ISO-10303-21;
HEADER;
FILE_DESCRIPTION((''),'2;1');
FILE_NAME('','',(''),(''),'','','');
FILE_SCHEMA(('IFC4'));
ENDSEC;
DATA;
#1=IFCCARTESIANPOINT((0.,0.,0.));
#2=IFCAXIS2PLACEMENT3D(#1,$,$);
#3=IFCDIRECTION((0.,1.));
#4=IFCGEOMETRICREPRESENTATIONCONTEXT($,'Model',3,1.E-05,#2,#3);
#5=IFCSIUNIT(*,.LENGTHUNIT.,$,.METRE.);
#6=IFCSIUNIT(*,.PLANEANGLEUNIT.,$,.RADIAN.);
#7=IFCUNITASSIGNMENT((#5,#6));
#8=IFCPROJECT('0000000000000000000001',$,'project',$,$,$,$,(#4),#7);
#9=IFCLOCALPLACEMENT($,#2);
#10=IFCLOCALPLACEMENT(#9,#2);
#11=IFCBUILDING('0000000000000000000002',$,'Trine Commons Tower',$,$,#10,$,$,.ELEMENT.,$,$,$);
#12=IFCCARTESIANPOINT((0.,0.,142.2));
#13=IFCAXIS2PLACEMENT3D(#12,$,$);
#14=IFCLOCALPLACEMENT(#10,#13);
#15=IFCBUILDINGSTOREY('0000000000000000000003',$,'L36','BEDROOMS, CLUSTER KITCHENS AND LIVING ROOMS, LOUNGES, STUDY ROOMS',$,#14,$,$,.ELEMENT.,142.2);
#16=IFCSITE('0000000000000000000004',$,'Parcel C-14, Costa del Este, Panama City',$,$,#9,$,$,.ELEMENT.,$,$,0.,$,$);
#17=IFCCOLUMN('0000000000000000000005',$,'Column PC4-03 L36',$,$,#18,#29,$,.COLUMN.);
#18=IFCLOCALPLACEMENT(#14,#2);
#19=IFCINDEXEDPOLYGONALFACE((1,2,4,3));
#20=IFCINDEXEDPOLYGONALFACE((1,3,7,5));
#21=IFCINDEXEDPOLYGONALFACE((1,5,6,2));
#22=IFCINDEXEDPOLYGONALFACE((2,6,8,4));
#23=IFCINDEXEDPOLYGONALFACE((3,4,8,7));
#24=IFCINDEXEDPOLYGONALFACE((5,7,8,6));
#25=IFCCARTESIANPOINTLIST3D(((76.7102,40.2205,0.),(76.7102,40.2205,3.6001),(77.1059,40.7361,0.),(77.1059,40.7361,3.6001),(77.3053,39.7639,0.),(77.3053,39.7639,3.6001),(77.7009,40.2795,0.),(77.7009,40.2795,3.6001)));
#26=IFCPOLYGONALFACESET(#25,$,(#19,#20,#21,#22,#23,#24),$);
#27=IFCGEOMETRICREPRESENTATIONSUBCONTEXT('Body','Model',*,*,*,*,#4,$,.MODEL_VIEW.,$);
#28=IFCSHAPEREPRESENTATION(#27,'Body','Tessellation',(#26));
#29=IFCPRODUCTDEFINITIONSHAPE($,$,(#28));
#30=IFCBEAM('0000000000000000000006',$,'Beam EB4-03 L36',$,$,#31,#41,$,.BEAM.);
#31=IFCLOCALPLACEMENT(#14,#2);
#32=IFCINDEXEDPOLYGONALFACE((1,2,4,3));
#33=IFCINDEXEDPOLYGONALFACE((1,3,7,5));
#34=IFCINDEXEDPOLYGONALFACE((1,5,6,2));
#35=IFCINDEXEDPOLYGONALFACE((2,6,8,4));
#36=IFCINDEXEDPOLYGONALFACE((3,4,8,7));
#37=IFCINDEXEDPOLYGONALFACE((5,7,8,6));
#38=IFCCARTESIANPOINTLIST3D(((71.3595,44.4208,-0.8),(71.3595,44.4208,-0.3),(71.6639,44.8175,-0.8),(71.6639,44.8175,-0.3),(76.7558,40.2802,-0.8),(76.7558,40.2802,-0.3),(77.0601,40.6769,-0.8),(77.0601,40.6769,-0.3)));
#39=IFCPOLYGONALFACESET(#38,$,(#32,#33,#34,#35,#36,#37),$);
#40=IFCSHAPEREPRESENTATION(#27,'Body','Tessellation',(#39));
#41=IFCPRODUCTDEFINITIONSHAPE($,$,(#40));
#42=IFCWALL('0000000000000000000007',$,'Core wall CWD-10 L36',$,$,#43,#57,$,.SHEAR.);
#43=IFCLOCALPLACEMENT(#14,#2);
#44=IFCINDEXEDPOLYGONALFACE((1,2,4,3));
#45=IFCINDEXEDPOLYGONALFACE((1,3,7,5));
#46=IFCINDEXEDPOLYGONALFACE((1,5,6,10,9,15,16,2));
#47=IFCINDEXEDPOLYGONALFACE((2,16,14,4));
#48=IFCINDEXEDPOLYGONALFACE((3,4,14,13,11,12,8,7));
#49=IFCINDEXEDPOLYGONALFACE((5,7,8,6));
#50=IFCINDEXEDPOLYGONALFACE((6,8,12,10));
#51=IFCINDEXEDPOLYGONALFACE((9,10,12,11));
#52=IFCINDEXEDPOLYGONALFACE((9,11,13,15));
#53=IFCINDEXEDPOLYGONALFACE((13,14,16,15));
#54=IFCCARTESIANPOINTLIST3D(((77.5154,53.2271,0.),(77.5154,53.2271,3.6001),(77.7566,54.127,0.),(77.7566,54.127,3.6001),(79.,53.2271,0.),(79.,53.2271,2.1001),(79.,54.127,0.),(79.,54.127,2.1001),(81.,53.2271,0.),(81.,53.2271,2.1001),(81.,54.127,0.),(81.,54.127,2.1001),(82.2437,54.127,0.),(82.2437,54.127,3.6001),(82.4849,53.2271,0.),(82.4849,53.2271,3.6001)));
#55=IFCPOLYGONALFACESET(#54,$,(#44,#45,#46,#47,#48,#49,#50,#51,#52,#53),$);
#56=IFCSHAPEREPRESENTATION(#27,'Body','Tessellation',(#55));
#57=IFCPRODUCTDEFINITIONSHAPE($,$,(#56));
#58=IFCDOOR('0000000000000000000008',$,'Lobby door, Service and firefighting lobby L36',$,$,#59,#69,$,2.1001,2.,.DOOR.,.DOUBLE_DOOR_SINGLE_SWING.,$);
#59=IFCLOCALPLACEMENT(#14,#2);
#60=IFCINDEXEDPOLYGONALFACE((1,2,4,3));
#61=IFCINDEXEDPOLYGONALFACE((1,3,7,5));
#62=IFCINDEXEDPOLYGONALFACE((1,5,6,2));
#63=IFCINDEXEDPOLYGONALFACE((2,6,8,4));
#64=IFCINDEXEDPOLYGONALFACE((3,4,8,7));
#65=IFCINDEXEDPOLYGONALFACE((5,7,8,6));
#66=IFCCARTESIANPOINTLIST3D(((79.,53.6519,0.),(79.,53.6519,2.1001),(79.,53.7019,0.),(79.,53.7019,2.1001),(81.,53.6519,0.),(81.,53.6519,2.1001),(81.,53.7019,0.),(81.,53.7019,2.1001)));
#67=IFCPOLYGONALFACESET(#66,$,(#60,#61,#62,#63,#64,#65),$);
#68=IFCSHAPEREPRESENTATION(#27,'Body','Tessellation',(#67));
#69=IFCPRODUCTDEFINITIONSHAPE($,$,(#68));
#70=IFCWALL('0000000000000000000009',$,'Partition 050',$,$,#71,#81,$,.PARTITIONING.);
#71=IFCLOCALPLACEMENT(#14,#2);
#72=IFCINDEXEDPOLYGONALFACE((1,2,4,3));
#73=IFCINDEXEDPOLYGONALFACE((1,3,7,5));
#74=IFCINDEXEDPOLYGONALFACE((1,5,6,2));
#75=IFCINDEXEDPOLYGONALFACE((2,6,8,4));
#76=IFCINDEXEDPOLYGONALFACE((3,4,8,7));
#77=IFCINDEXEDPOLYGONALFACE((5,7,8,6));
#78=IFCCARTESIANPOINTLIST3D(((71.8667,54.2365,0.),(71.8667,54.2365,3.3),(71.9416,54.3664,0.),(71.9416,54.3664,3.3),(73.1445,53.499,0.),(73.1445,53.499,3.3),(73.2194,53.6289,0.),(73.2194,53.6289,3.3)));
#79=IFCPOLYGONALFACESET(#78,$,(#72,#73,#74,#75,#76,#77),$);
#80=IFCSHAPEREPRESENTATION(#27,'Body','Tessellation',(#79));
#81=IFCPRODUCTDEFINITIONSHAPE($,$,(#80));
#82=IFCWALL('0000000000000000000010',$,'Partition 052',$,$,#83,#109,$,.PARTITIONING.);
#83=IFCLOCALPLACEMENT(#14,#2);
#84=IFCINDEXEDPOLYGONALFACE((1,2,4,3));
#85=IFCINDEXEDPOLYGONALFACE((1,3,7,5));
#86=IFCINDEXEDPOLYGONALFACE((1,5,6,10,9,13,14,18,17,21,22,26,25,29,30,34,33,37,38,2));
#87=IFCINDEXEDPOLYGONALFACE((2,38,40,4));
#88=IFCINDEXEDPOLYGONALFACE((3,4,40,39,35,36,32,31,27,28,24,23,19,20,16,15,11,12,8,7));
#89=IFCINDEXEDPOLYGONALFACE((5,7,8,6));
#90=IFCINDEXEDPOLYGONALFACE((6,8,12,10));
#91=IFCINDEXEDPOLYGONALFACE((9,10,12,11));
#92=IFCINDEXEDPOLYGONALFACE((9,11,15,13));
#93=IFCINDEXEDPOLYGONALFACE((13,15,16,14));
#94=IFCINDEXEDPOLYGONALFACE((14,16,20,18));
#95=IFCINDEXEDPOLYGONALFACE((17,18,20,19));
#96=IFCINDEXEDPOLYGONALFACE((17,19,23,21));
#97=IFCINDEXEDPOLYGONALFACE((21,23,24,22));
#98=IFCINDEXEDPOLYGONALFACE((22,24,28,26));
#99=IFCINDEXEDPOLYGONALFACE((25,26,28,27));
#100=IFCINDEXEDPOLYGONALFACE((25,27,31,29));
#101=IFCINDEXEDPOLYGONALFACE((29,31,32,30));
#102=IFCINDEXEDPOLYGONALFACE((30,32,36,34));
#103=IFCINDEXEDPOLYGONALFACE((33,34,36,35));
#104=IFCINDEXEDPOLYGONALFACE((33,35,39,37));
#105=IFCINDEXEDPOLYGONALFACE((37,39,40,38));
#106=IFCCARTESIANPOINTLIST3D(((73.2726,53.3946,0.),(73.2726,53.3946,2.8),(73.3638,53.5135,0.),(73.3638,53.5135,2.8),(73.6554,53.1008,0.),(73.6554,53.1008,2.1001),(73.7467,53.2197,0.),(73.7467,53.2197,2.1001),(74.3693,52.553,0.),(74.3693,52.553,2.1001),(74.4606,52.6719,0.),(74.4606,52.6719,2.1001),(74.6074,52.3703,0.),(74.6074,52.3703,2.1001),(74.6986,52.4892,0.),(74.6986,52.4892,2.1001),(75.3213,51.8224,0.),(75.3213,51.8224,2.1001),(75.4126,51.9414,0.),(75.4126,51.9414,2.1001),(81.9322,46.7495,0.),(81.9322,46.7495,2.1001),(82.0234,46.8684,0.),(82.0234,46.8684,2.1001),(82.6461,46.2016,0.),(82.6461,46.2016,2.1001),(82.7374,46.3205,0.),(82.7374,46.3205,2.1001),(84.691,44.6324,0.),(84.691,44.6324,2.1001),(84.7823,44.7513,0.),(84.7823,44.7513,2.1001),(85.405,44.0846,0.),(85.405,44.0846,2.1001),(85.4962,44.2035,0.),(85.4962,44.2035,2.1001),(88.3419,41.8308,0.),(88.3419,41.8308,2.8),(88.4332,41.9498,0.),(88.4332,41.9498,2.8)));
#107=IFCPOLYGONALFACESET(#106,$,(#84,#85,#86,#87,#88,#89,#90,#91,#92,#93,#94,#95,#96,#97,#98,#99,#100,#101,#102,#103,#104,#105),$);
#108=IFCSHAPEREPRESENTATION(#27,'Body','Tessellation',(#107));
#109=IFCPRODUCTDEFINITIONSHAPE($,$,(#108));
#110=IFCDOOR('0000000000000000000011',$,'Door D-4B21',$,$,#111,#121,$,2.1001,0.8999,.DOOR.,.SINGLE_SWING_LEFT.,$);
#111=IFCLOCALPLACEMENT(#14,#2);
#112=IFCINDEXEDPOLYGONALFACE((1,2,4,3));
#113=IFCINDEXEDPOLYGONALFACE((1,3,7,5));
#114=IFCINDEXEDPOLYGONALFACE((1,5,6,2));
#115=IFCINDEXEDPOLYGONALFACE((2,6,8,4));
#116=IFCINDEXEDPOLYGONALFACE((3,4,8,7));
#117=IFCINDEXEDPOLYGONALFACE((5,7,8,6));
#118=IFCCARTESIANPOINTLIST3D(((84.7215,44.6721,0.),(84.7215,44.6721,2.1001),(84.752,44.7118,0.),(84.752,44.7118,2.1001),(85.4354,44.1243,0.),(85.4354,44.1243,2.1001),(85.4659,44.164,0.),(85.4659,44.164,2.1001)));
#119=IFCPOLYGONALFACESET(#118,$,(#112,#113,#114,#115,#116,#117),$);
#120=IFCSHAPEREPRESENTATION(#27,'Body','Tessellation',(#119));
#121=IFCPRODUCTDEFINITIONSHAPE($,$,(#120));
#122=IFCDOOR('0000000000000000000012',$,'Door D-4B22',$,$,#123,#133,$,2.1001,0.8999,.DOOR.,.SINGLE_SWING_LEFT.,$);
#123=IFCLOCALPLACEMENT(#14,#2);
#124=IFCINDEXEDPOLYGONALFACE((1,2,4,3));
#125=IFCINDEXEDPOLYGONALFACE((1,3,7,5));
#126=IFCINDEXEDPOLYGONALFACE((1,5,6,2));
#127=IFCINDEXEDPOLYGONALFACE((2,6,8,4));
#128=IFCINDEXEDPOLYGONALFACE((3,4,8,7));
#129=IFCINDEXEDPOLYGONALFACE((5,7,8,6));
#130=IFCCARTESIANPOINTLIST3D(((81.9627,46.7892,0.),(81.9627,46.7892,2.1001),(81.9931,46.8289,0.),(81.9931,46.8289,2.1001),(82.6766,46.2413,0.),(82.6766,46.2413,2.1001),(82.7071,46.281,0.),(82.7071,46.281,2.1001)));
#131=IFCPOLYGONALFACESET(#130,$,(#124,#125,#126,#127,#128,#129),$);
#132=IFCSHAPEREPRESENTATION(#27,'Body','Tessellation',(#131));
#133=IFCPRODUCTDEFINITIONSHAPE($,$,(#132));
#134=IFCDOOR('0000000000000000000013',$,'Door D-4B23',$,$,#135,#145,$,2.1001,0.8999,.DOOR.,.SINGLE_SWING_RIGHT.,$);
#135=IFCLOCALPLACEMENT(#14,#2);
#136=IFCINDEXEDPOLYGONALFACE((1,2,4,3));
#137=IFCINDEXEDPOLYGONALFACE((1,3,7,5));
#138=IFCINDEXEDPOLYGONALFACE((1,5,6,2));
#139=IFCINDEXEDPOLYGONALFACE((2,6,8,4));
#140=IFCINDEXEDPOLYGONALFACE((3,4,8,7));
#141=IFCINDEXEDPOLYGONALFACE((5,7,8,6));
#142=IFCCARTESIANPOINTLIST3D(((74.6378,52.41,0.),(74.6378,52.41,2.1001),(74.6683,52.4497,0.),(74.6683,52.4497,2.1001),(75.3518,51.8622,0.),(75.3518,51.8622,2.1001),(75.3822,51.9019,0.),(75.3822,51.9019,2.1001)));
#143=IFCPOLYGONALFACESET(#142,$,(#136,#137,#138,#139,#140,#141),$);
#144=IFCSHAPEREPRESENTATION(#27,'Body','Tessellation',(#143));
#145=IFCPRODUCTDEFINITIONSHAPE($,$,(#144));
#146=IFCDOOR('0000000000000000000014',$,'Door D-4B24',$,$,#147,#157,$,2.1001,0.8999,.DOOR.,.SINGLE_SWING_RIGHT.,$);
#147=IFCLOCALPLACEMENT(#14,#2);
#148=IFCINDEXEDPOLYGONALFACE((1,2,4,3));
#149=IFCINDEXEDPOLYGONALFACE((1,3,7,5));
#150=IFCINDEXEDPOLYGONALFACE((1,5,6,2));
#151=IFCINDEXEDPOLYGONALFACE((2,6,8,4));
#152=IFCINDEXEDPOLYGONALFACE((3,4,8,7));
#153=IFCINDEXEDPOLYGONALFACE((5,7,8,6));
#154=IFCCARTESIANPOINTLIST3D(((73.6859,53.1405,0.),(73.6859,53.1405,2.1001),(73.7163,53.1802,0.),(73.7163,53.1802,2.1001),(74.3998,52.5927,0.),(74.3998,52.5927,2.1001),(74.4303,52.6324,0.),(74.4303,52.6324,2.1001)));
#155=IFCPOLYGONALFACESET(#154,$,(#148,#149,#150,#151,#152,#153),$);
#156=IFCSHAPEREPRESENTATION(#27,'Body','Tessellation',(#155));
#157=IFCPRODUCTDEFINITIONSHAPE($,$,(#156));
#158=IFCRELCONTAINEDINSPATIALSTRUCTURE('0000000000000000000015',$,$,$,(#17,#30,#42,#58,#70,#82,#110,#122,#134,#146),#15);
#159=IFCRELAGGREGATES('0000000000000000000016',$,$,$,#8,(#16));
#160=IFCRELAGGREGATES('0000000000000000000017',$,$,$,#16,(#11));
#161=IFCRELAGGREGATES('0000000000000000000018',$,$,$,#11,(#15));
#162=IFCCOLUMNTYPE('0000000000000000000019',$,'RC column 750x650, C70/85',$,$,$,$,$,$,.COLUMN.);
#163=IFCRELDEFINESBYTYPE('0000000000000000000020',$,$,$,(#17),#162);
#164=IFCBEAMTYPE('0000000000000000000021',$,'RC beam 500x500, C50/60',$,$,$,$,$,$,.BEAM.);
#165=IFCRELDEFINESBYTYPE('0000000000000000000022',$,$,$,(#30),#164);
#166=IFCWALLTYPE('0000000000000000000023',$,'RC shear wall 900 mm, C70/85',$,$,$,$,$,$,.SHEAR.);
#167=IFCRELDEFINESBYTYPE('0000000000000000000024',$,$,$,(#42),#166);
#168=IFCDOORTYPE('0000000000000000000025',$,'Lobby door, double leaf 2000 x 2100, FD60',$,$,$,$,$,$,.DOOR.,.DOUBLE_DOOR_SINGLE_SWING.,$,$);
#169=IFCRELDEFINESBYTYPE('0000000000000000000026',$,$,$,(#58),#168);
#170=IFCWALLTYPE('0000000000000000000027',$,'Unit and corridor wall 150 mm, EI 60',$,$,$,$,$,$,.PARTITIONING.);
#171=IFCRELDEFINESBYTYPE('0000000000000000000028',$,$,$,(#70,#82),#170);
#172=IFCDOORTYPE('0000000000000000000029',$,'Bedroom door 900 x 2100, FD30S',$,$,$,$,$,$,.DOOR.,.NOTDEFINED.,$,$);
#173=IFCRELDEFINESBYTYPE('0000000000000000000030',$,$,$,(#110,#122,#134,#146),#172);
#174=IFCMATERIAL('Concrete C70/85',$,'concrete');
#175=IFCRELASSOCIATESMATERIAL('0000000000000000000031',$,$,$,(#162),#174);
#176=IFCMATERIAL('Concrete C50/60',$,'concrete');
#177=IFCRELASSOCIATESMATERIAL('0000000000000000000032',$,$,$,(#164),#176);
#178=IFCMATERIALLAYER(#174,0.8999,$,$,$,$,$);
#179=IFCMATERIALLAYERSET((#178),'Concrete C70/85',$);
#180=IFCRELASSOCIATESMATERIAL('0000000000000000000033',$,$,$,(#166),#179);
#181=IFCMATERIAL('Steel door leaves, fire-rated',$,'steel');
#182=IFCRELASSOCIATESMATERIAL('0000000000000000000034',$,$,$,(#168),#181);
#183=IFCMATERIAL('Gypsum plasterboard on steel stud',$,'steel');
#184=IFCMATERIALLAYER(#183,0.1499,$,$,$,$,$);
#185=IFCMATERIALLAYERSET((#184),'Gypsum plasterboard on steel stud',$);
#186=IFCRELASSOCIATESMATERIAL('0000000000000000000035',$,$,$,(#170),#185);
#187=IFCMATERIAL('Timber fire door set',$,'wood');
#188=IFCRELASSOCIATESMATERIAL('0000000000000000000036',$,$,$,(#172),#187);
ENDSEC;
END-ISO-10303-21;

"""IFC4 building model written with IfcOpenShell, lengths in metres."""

from ifc_helpers import new_model, si_unit, direction, frame, frame_2d, origin, origin_2d, place, context, subcontext, project, spatial, polyline, rectangle, outline, extrude, material, layer, layer_set, material_profile, profile_set, type_object, element, fill, save


model = new_model("IFC4")

# Units and contexts
model_context = context("Model", 3, precision=1e-05, world=origin(), true_north=direction((0.0, 1.0)))
body_context = subcontext(model_context, "Body", "Model", "MODEL_VIEW")
ifc_project = project(units=[si_unit("LENGTHUNIT", "METRE"), si_unit("PLANEANGLEUNIT", "RADIAN")], contexts=[model_context])

# Site, building, storey
site_placement = place(None, origin())
site = spatial("IfcSite", under=ifc_project, at=site_placement, Name="Parcel C-14, Costa del Este, Panama City", CompositionType="ELEMENT", RefElevation=0.0)
building_placement = place(site_placement, origin())
building = spatial("IfcBuilding", under=site, at=building_placement, Name="Trine Commons Tower", CompositionType="ELEMENT")
storey_placement = place(building_placement, frame((0.0, 0.0, 142.2)))
storey = spatial("IfcBuildingStorey", under=building, at=storey_placement, Name="L36", Description="BEDROOMS, CLUSTER KITCHENS AND LIVING ROOMS, LOUNGES, STUDY ROOMS", CompositionType="ELEMENT", Elevation=142.2)

# Column
ifc_material_1 = material(Name="Concrete C70/85", Category="concrete")
ifc_material_profile_1 = material_profile(ifc_material_1, rectangle(XDim=0.75, YDim=0.6499, at=origin_2d()), Name="RC 750x650")
ifc_profile_set_1 = profile_set([ifc_material_profile_1], Name="Concrete C70/85")
column_type = type_object("IfcColumnType", Name="RC column 750x650, C70/85", PredefinedType="COLUMN", material=ifc_profile_set_1)
column_placement = place(storey_placement, frame((77.2056, 40.25, 0.0), z_axis=(0.0, 0.0, 1.0), x_axis=(-0.793353, 0.608761, 0.0)))
element("IfcColumn", 1, at=column_placement, inside=storey, type_object=column_type, Name="Column PC4-03 L36", PredefinedType="COLUMN", context=body_context, shape_type="SweptSolid", body=[
    extrude(rectangle(XDim=0.75, YDim=0.6499, at=origin_2d()), origin(), (0.0, 0.0, 1.0), 3.6001),
])

# Beam
ifc_material_2 = material(Name="Concrete C50/60", Category="concrete")
ifc_material_profile_2 = material_profile(ifc_material_2, rectangle(XDim=0.5, YDim=0.5, at=origin_2d()), Name="RC 500x500")
ifc_profile_set_2 = profile_set([ifc_material_profile_2], Name="Concrete C50/60")
beam_type = type_object("IfcBeamType", Name="RC beam 500x500, C50/60", PredefinedType="BEAM", material=ifc_profile_set_2)
beam_placement = place(storey_placement, frame((76.908, 40.4785, -0.55), z_axis=(-0.793357, 0.608756, 0.0), x_axis=(-0.608756, -0.793357, 0.0)))
element("IfcBeam", 2, at=beam_placement, inside=storey, type_object=beam_type, Name="Beam EB4-03 L36", PredefinedType="BEAM", context=body_context, shape_type="SweptSolid", body=[
    extrude(rectangle(XDim=0.5, YDim=0.5, at=origin_2d()), origin(), (0.0, 0.0, 1.0), 6.8018),
])

# Wall, opening, door
ifc_layer_1 = layer(ifc_material_1, 0.8999)
ifc_layer_set_1 = layer_set([ifc_layer_1], Name="Concrete C70/85")
wall_type_1 = type_object("IfcWallType", Name="RC shear wall 900 mm, C70/85", PredefinedType="SHEAR", material=ifc_layer_set_1)
wall_1_placement = place(storey_placement, frame((77.5154, 53.677, 0.0), z_axis=(0.0, 0.0, 1.0), x_axis=(1.0, 0.0, 0.0)))
wall_1 = element("IfcWall", 3, at=wall_1_placement, inside=storey, type_object=wall_type_1, Name="Core wall CWD-10 L36", PredefinedType="SHEAR", context=body_context, shape_type="SweptSolid", body=[
    extrude(outline(polyline([(0.0, -0.45), (4.9695, -0.45), (4.7283, 0.45), (0.2412, 0.45), (0.0, -0.45)])), origin(), (0.0, 0.0, 1.0), 3.6001),
])
opening_1_placement = place(wall_1_placement, frame((1.4846, 0.0, 0.0)))
opening_1 = element("IfcOpeningElement", 4, at=opening_1_placement, cuts=wall_1, PredefinedType="OPENING", context=body_context, shape_type="SweptSolid", body=[
    extrude(rectangle(XDim=2.0, YDim=2.1001, at=frame_2d((1.0, 1.05))), frame((0.0, 0.46, 0.0), z_axis=(0.0, -1.0, 0.0), x_axis=(1.0, 0.0, 0.0)), (0.0, 0.0, 1.0), 0.9199),
])
ifc_material_3 = material(Name="Steel door leaves, fire-rated", Category="steel")
door_type_1 = type_object("IfcDoorType", Name="Lobby door, double leaf 2000 x 2100, FD60", OperationType="DOUBLE_DOOR_SINGLE_SWING", PredefinedType="DOOR", material=ifc_material_3)
door_1_placement = place(opening_1_placement, origin())
door_1 = element("IfcDoor", 5, at=door_1_placement, inside=storey, type_object=door_type_1, Name="Lobby door, Service and firefighting lobby L36", OperationType="DOUBLE_DOOR_SINGLE_SWING", OverallHeight=2.1001, OverallWidth=2.0, PredefinedType="DOOR", context=body_context, shape_type="SweptSolid", body=[
    extrude(rectangle(XDim=2.0, YDim=2.1001, at=frame_2d((1.0, 1.05))), frame((0.0, 0.0249, 0.0), z_axis=(0.0, -1.0, 0.0), x_axis=(1.0, 0.0, 0.0)), (0.0, 0.0, 1.0), 0.05),
])
fill(opening_1, door_1)

# Wall
ifc_material_4 = material(Name="Gypsum plasterboard on steel stud", Category="steel")
ifc_layer_2 = layer(ifc_material_4, 0.1499)
ifc_layer_set_2 = layer_set([ifc_layer_2], Name="Gypsum plasterboard on steel stud")
wall_type_2 = type_object("IfcWallType", Name="Unit and corridor wall 150 mm, EI 60", PredefinedType="PARTITIONING", material=ifc_layer_set_2)
wall_2_placement = place(storey_placement, frame((71.9041, 54.3015, 0.0), z_axis=(0.0, 0.0, 1.0), x_axis=(0.866086, -0.499894, 0.0)))
element("IfcWall", 6, at=wall_2_placement, inside=storey, type_object=wall_type_2, Name="Partition 050", PredefinedType="PARTITIONING", context=body_context, shape_type="SweptSolid", body=[
    extrude(rectangle(XDim=1.4753, YDim=0.1499, at=frame_2d((0.7378, 0.0))), origin(), (0.0, 0.0, 1.0), 3.3),
])

# Wall, openings, doors
wall_3_placement = place(storey_placement, frame((73.3181, 53.4541, 0.0), z_axis=(0.0, 0.0, 1.0), x_axis=(0.793338, -0.608782, 0.0)))
wall_3 = element("IfcWall", 7, at=wall_3_placement, inside=storey, type_object=wall_type_2, Name="Partition 052", PredefinedType="PARTITIONING", context=body_context, shape_type="SweptSolid", body=[
    extrude(rectangle(XDim=18.9949, YDim=0.1499, at=frame_2d((9.4976, 0.0))), origin(), (0.0, 0.0, 1.0), 2.8),
])
opening_2_placement = place(wall_3_placement, frame((14.3931, 0.0, 0.0)))
opening_2 = element("IfcOpeningElement", 8, at=opening_2_placement, cuts=wall_3, PredefinedType="OPENING", context=body_context, shape_type="SweptSolid", body=[
    extrude(rectangle(XDim=0.8999, YDim=2.1001, at=frame_2d((0.45, 1.05))), frame((0.0, 0.085, 0.0), z_axis=(0.0, -1.0, 0.0), x_axis=(1.0, 0.0, 0.0)), (0.0, 0.0, 1.0), 0.1699),
])
opening_3_placement = place(wall_3_placement, frame((10.9155, 0.0, 0.0)))
opening_3 = element("IfcOpeningElement", 9, at=opening_3_placement, cuts=wall_3, PredefinedType="OPENING", context=body_context, shape_type="SweptSolid", body=[
    extrude(rectangle(XDim=0.8999, YDim=2.1001, at=frame_2d((0.45, 1.05))), frame((0.0, 0.085, 0.0), z_axis=(0.0, -1.0, 0.0), x_axis=(1.0, 0.0, 0.0)), (0.0, 0.0, 1.0), 0.1699),
])
opening_4_placement = place(wall_3_placement, frame((1.6826, 0.0, 0.0)))
opening_4 = element("IfcOpeningElement", 10, at=opening_4_placement, cuts=wall_3, PredefinedType="OPENING", context=body_context, shape_type="SweptSolid", body=[
    extrude(rectangle(XDim=0.8999, YDim=2.1001, at=frame_2d((0.45, 1.05))), frame((0.0, 0.085, 0.0), z_axis=(0.0, -1.0, 0.0), x_axis=(1.0, 0.0, 0.0)), (0.0, 0.0, 1.0), 0.1699),
])
opening_5_placement = place(wall_3_placement, frame((0.4827, 0.0, 0.0)))
opening_5 = element("IfcOpeningElement", 11, at=opening_5_placement, cuts=wall_3, PredefinedType="OPENING", context=body_context, shape_type="SweptSolid", body=[
    extrude(rectangle(XDim=0.8999, YDim=2.1001, at=frame_2d((0.45, 1.05))), frame((0.0, 0.085, 0.0), z_axis=(0.0, -1.0, 0.0), x_axis=(1.0, 0.0, 0.0)), (0.0, 0.0, 1.0), 0.1699),
])
ifc_material_5 = material(Name="Timber fire door set", Category="wood")
door_type_2 = type_object("IfcDoorType", Name="Bedroom door 900 x 2100, FD30S", OperationType="NOTDEFINED", PredefinedType="DOOR", material=ifc_material_5)
door_2_placement = place(opening_2_placement, frame((0.8999, 0.0, 0.0), z_axis=(0.0, 0.0, 1.0), x_axis=(-1.0, 0.0, 0.0)))
door_2 = element("IfcDoor", 12, at=door_2_placement, inside=storey, type_object=door_type_2, Name="Door D-4B21", OperationType="SINGLE_SWING_LEFT", OverallHeight=2.1001, OverallWidth=0.8999, PredefinedType="DOOR", context=body_context, shape_type="SweptSolid", body=[
    extrude(rectangle(XDim=0.8999, YDim=2.1001, at=frame_2d((0.45, 1.05))), frame((0.0, 0.0249, 0.0), z_axis=(0.0, -1.0, 0.0), x_axis=(1.0, 0.0, 0.0)), (0.0, 0.0, 1.0), 0.05),
])
fill(opening_2, door_2)
door_3_placement = place(opening_3_placement, frame((0.8999, 0.0, 0.0), z_axis=(0.0, 0.0, 1.0), x_axis=(-1.0, 0.0, 0.0)))
door_3 = element("IfcDoor", 13, at=door_3_placement, inside=storey, type_object=door_type_2, Name="Door D-4B22", OperationType="SINGLE_SWING_LEFT", OverallHeight=2.1001, OverallWidth=0.8999, PredefinedType="DOOR", context=body_context, shape_type="SweptSolid", body=[
    extrude(rectangle(XDim=0.8999, YDim=2.1001, at=frame_2d((0.45, 1.05))), frame((0.0, 0.0249, 0.0), z_axis=(0.0, -1.0, 0.0), x_axis=(1.0, 0.0, 0.0)), (0.0, 0.0, 1.0), 0.05),
])
fill(opening_3, door_3)
door_4_placement = place(opening_4_placement, frame((0.8999, 0.0, 0.0), z_axis=(0.0, 0.0, 1.0), x_axis=(-1.0, 0.0, 0.0)))
door_4 = element("IfcDoor", 14, at=door_4_placement, inside=storey, type_object=door_type_2, Name="Door D-4B23", OperationType="SINGLE_SWING_RIGHT", OverallHeight=2.1001, OverallWidth=0.8999, PredefinedType="DOOR", context=body_context, shape_type="SweptSolid", body=[
    extrude(rectangle(XDim=0.8999, YDim=2.1001, at=frame_2d((0.45, 1.05))), frame((0.0, 0.0249, 0.0), z_axis=(0.0, -1.0, 0.0), x_axis=(1.0, 0.0, 0.0)), (0.0, 0.0, 1.0), 0.05),
])
fill(opening_4, door_4)
door_5_placement = place(opening_5_placement, frame((0.8999, 0.0, 0.0), z_axis=(0.0, 0.0, 1.0), x_axis=(-1.0, 0.0, 0.0)))
door_5 = element("IfcDoor", 15, at=door_5_placement, inside=storey, type_object=door_type_2, Name="Door D-4B24", OperationType="SINGLE_SWING_RIGHT", OverallHeight=2.1001, OverallWidth=0.8999, PredefinedType="DOOR", context=body_context, shape_type="SweptSolid", body=[
    extrude(rectangle(XDim=0.8999, YDim=2.1001, at=frame_2d((0.45, 1.05))), frame((0.0, 0.0249, 0.0), z_axis=(0.0, -1.0, 0.0), x_axis=(1.0, 0.0, 0.0)), (0.0, 0.0, 1.0), 0.05),
])
fill(opening_5, door_5)

save(model, "model.ifc")
